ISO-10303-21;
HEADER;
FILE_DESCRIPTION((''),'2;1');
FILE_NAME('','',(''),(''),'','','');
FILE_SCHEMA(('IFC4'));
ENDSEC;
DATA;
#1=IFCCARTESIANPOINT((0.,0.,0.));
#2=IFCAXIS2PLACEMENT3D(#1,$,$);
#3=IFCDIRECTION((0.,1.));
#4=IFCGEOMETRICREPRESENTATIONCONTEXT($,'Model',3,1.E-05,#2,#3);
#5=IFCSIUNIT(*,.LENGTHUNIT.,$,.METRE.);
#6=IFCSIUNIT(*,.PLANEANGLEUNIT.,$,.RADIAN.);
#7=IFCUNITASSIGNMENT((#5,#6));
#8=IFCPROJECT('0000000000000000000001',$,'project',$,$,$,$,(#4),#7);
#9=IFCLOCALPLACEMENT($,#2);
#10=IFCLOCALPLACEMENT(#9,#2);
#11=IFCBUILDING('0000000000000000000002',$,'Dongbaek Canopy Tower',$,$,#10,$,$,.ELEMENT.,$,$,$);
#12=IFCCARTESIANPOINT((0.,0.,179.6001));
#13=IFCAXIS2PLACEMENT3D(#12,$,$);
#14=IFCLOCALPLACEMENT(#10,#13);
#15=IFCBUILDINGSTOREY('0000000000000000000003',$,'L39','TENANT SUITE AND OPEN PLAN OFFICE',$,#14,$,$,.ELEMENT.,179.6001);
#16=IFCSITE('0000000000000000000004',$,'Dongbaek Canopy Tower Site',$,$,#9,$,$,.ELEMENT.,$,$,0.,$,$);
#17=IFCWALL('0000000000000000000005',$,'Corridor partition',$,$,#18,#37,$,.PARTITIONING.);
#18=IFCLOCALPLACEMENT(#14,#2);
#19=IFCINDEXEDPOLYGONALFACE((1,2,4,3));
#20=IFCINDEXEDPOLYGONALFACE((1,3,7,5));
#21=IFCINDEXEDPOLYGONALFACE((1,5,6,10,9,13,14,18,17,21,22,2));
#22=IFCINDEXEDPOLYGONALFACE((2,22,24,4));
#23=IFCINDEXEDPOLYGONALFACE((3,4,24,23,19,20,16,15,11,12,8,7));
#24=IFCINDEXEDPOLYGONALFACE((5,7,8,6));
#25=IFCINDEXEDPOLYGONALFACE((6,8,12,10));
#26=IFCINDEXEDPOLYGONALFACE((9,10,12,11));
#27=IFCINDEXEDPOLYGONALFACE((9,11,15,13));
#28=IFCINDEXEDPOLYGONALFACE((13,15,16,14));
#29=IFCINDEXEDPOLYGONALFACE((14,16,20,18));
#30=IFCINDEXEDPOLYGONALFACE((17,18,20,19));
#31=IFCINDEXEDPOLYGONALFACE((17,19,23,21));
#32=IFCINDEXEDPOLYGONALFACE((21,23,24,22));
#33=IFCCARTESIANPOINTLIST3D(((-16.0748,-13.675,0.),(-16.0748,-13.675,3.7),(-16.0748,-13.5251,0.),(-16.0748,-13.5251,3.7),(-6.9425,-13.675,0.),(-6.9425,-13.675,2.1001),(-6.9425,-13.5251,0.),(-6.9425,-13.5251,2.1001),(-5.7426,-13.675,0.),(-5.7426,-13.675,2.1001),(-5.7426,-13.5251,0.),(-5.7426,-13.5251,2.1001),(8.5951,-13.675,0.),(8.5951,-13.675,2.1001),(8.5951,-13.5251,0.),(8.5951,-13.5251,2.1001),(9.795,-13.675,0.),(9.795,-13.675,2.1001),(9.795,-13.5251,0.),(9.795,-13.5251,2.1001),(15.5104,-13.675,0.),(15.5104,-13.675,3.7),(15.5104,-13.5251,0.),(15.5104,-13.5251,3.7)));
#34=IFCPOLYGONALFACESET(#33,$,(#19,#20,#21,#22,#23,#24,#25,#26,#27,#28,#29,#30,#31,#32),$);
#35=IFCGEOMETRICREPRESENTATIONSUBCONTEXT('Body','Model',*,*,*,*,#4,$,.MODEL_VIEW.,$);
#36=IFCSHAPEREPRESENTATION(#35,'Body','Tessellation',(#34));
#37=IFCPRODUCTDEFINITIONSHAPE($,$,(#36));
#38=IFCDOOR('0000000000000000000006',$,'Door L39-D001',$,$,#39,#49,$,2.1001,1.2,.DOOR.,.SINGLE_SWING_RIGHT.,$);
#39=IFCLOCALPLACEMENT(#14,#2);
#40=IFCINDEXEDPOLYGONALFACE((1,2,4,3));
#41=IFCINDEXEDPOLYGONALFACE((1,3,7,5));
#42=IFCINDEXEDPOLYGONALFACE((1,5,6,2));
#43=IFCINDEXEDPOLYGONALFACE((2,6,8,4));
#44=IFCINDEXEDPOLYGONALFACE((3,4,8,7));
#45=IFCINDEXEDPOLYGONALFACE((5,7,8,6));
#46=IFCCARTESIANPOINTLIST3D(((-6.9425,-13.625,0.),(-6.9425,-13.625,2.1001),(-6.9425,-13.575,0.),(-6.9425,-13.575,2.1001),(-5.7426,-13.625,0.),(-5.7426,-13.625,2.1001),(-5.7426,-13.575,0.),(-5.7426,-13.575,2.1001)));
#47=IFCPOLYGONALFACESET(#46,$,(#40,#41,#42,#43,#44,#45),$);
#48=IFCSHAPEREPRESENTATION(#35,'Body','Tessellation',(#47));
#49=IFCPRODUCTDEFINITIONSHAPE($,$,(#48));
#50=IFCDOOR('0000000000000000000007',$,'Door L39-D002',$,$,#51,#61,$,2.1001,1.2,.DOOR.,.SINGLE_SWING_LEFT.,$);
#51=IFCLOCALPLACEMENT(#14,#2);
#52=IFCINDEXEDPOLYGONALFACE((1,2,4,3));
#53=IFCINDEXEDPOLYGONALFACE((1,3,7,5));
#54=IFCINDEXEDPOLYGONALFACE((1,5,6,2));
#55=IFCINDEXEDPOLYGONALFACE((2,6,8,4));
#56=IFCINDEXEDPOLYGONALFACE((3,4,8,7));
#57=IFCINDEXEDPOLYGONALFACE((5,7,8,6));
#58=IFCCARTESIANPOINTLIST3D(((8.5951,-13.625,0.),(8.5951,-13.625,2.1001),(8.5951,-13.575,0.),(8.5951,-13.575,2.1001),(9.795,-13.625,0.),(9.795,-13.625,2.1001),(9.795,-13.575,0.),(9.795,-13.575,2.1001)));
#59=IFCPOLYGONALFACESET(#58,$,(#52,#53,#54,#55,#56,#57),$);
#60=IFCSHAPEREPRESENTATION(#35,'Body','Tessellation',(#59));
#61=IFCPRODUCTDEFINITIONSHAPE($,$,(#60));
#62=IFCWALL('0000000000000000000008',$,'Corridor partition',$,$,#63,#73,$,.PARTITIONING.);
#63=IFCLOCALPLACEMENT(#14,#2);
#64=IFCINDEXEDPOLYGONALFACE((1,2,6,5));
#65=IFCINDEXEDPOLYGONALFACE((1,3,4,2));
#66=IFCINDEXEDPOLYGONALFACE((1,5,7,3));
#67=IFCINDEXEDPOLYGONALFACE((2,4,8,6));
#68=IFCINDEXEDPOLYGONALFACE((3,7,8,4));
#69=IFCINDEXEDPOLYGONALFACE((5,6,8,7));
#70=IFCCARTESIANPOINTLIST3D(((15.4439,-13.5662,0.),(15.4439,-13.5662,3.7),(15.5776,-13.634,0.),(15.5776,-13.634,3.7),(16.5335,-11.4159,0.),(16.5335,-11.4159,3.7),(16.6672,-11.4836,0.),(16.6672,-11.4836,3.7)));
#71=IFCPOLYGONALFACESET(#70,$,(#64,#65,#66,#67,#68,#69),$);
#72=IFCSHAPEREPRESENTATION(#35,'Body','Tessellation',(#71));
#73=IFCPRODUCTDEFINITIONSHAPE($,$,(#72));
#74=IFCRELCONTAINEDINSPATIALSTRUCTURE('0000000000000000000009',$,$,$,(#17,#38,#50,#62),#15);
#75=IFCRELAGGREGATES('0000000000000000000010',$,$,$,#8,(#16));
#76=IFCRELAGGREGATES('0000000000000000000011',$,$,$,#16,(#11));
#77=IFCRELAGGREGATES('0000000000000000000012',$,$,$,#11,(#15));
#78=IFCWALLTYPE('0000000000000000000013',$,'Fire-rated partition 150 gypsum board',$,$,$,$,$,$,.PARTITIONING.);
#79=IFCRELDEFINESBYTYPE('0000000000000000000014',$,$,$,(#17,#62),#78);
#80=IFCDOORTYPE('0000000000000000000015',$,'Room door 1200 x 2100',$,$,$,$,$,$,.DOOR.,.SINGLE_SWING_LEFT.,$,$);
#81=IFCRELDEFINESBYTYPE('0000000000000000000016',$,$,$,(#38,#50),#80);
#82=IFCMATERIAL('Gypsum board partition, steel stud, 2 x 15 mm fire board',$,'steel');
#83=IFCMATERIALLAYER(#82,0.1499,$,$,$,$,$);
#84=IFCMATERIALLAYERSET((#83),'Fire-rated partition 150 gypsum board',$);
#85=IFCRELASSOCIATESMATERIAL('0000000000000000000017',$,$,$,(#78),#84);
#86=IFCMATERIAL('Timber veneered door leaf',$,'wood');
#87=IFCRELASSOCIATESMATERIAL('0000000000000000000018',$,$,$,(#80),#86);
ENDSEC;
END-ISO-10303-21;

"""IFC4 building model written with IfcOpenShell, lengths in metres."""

from ifc_helpers import new_model, si_unit, direction, frame, frame_2d, origin, place, context, subcontext, project, spatial, rectangle, extrude, material, layer, layer_set, type_object, element, fill, save


model = new_model("IFC4")

# Units and contexts
model_context = context("Model", 3, precision=1e-05, world=origin(), true_north=direction((0.0, 1.0)))
body_context = subcontext(model_context, "Body", "Model", "MODEL_VIEW")
ifc_project = project(units=[si_unit("LENGTHUNIT", "METRE"), si_unit("PLANEANGLEUNIT", "RADIAN")], contexts=[model_context])

# Site, building, storey
site_placement = place(None, origin())
site = spatial("IfcSite", under=ifc_project, at=site_placement, Name="Dongbaek Canopy Tower Site", CompositionType="ELEMENT", RefElevation=0.0)
building_placement = place(site_placement, origin())
building = spatial("IfcBuilding", under=site, at=building_placement, Name="Dongbaek Canopy Tower", CompositionType="ELEMENT")
storey_placement = place(building_placement, frame((0.0, 0.0, 179.6001)))
storey = spatial("IfcBuildingStorey", under=building, at=storey_placement, Name="L39", Description="TENANT SUITE AND OPEN PLAN OFFICE", CompositionType="ELEMENT", Elevation=179.6001)

# Wall, openings, doors
ifc_material_1 = material(Name="Gypsum board partition, steel stud, 2 x 15 mm fire board", Category="steel")
ifc_layer_1 = layer(ifc_material_1, 0.1499)
ifc_layer_set_1 = layer_set([ifc_layer_1], Name="Fire-rated partition 150 gypsum board")
wall_type_1 = type_object("IfcWallType", Name="Fire-rated partition 150 gypsum board", PredefinedType="PARTITIONING", material=ifc_layer_set_1)
wall_1_placement = place(storey_placement, frame((15.5103, -13.6001, 0.0), z_axis=(0.0, 0.0, 1.0), x_axis=(-1.0, 0.0, 0.0)))
wall_1 = element("IfcWall", 1, at=wall_1_placement, inside=storey, type_object=wall_type_1, Name="Corridor partition", PredefinedType="PARTITIONING", context=body_context, shape_type="SweptSolid", body=[
    extrude(rectangle(XDim=31.5852, YDim=0.1499, at=frame_2d((15.7925, 0.0))), origin(), (0.0, 0.0, 1.0), 3.7),
])
opening_1_placement = place(wall_1_placement, frame((21.2527, 0.0, 0.0)))
opening_1 = element("IfcOpeningElement", 2, at=opening_1_placement, cuts=wall_1, PredefinedType="OPENING", context=body_context, shape_type="SweptSolid", body=[
    extrude(rectangle(XDim=1.2, YDim=2.1001, at=frame_2d((0.6001, 1.05))), frame((0.0, 0.085, 0.0), z_axis=(0.0, -1.0, 0.0), x_axis=(1.0, 0.0, 0.0)), (0.0, 0.0, 1.0), 0.1699),
])
opening_2_placement = place(wall_1_placement, frame((5.7151, 0.0, 0.0)))
opening_2 = element("IfcOpeningElement", 3, at=opening_2_placement, cuts=wall_1, PredefinedType="OPENING", context=body_context, shape_type="SweptSolid", body=[
    extrude(rectangle(XDim=1.2, YDim=2.1001, at=frame_2d((0.6001, 1.05))), frame((0.0, 0.085, 0.0), z_axis=(0.0, -1.0, 0.0), x_axis=(1.0, 0.0, 0.0)), (0.0, 0.0, 1.0), 0.1699),
])
ifc_material_2 = material(Name="Timber veneered door leaf", Category="wood")
door_type_1 = type_object("IfcDoorType", Name="Room door 1200 x 2100", OperationType="SINGLE_SWING_LEFT", PredefinedType="DOOR", material=ifc_material_2)
door_1_placement = place(opening_1_placement, origin())
door_1 = element("IfcDoor", 4, at=door_1_placement, inside=storey, type_object=door_type_1, Name="Door L39-D001", OperationType="SINGLE_SWING_RIGHT", OverallHeight=2.1001, OverallWidth=1.2, PredefinedType="DOOR", context=body_context, shape_type="SweptSolid", body=[
    extrude(rectangle(XDim=1.2, YDim=2.1001, at=frame_2d((0.6001, 1.05))), frame((0.0, 0.0249, 0.0), z_axis=(0.0, -1.0, 0.0), x_axis=(1.0, 0.0, 0.0)), (0.0, 0.0, 1.0), 0.05),
])
fill(opening_1, door_1)
door_2_placement = place(opening_2_placement, origin())
door_2 = element("IfcDoor", 5, at=door_2_placement, inside=storey, type_object=door_type_1, Name="Door L39-D002", OperationType="SINGLE_SWING_LEFT", OverallHeight=2.1001, OverallWidth=1.2, PredefinedType="DOOR", context=body_context, shape_type="SweptSolid", body=[
    extrude(rectangle(XDim=1.2, YDim=2.1001, at=frame_2d((0.6001, 1.05))), frame((0.0, 0.0249, 0.0), z_axis=(0.0, -1.0, 0.0), x_axis=(1.0, 0.0, 0.0)), (0.0, 0.0, 1.0), 0.05),
])
fill(opening_2, door_2)

# Wall
wall_2_placement = place(storey_placement, frame((15.5107, -13.6001, 0.0), z_axis=(0.0, 0.0, 1.0), x_axis=(0.451987, 0.892024, 0.0)))
element("IfcWall", 6, at=wall_2_placement, inside=storey, type_object=wall_type_1, Name="Corridor partition", PredefinedType="PARTITIONING", context=body_context, shape_type="SweptSolid", body=[
    extrude(rectangle(XDim=2.4106, YDim=0.1499, at=frame_2d((1.2053, 0.0))), origin(), (0.0, 0.0, 1.0), 3.7),
])

save(model, "model.ifc")
